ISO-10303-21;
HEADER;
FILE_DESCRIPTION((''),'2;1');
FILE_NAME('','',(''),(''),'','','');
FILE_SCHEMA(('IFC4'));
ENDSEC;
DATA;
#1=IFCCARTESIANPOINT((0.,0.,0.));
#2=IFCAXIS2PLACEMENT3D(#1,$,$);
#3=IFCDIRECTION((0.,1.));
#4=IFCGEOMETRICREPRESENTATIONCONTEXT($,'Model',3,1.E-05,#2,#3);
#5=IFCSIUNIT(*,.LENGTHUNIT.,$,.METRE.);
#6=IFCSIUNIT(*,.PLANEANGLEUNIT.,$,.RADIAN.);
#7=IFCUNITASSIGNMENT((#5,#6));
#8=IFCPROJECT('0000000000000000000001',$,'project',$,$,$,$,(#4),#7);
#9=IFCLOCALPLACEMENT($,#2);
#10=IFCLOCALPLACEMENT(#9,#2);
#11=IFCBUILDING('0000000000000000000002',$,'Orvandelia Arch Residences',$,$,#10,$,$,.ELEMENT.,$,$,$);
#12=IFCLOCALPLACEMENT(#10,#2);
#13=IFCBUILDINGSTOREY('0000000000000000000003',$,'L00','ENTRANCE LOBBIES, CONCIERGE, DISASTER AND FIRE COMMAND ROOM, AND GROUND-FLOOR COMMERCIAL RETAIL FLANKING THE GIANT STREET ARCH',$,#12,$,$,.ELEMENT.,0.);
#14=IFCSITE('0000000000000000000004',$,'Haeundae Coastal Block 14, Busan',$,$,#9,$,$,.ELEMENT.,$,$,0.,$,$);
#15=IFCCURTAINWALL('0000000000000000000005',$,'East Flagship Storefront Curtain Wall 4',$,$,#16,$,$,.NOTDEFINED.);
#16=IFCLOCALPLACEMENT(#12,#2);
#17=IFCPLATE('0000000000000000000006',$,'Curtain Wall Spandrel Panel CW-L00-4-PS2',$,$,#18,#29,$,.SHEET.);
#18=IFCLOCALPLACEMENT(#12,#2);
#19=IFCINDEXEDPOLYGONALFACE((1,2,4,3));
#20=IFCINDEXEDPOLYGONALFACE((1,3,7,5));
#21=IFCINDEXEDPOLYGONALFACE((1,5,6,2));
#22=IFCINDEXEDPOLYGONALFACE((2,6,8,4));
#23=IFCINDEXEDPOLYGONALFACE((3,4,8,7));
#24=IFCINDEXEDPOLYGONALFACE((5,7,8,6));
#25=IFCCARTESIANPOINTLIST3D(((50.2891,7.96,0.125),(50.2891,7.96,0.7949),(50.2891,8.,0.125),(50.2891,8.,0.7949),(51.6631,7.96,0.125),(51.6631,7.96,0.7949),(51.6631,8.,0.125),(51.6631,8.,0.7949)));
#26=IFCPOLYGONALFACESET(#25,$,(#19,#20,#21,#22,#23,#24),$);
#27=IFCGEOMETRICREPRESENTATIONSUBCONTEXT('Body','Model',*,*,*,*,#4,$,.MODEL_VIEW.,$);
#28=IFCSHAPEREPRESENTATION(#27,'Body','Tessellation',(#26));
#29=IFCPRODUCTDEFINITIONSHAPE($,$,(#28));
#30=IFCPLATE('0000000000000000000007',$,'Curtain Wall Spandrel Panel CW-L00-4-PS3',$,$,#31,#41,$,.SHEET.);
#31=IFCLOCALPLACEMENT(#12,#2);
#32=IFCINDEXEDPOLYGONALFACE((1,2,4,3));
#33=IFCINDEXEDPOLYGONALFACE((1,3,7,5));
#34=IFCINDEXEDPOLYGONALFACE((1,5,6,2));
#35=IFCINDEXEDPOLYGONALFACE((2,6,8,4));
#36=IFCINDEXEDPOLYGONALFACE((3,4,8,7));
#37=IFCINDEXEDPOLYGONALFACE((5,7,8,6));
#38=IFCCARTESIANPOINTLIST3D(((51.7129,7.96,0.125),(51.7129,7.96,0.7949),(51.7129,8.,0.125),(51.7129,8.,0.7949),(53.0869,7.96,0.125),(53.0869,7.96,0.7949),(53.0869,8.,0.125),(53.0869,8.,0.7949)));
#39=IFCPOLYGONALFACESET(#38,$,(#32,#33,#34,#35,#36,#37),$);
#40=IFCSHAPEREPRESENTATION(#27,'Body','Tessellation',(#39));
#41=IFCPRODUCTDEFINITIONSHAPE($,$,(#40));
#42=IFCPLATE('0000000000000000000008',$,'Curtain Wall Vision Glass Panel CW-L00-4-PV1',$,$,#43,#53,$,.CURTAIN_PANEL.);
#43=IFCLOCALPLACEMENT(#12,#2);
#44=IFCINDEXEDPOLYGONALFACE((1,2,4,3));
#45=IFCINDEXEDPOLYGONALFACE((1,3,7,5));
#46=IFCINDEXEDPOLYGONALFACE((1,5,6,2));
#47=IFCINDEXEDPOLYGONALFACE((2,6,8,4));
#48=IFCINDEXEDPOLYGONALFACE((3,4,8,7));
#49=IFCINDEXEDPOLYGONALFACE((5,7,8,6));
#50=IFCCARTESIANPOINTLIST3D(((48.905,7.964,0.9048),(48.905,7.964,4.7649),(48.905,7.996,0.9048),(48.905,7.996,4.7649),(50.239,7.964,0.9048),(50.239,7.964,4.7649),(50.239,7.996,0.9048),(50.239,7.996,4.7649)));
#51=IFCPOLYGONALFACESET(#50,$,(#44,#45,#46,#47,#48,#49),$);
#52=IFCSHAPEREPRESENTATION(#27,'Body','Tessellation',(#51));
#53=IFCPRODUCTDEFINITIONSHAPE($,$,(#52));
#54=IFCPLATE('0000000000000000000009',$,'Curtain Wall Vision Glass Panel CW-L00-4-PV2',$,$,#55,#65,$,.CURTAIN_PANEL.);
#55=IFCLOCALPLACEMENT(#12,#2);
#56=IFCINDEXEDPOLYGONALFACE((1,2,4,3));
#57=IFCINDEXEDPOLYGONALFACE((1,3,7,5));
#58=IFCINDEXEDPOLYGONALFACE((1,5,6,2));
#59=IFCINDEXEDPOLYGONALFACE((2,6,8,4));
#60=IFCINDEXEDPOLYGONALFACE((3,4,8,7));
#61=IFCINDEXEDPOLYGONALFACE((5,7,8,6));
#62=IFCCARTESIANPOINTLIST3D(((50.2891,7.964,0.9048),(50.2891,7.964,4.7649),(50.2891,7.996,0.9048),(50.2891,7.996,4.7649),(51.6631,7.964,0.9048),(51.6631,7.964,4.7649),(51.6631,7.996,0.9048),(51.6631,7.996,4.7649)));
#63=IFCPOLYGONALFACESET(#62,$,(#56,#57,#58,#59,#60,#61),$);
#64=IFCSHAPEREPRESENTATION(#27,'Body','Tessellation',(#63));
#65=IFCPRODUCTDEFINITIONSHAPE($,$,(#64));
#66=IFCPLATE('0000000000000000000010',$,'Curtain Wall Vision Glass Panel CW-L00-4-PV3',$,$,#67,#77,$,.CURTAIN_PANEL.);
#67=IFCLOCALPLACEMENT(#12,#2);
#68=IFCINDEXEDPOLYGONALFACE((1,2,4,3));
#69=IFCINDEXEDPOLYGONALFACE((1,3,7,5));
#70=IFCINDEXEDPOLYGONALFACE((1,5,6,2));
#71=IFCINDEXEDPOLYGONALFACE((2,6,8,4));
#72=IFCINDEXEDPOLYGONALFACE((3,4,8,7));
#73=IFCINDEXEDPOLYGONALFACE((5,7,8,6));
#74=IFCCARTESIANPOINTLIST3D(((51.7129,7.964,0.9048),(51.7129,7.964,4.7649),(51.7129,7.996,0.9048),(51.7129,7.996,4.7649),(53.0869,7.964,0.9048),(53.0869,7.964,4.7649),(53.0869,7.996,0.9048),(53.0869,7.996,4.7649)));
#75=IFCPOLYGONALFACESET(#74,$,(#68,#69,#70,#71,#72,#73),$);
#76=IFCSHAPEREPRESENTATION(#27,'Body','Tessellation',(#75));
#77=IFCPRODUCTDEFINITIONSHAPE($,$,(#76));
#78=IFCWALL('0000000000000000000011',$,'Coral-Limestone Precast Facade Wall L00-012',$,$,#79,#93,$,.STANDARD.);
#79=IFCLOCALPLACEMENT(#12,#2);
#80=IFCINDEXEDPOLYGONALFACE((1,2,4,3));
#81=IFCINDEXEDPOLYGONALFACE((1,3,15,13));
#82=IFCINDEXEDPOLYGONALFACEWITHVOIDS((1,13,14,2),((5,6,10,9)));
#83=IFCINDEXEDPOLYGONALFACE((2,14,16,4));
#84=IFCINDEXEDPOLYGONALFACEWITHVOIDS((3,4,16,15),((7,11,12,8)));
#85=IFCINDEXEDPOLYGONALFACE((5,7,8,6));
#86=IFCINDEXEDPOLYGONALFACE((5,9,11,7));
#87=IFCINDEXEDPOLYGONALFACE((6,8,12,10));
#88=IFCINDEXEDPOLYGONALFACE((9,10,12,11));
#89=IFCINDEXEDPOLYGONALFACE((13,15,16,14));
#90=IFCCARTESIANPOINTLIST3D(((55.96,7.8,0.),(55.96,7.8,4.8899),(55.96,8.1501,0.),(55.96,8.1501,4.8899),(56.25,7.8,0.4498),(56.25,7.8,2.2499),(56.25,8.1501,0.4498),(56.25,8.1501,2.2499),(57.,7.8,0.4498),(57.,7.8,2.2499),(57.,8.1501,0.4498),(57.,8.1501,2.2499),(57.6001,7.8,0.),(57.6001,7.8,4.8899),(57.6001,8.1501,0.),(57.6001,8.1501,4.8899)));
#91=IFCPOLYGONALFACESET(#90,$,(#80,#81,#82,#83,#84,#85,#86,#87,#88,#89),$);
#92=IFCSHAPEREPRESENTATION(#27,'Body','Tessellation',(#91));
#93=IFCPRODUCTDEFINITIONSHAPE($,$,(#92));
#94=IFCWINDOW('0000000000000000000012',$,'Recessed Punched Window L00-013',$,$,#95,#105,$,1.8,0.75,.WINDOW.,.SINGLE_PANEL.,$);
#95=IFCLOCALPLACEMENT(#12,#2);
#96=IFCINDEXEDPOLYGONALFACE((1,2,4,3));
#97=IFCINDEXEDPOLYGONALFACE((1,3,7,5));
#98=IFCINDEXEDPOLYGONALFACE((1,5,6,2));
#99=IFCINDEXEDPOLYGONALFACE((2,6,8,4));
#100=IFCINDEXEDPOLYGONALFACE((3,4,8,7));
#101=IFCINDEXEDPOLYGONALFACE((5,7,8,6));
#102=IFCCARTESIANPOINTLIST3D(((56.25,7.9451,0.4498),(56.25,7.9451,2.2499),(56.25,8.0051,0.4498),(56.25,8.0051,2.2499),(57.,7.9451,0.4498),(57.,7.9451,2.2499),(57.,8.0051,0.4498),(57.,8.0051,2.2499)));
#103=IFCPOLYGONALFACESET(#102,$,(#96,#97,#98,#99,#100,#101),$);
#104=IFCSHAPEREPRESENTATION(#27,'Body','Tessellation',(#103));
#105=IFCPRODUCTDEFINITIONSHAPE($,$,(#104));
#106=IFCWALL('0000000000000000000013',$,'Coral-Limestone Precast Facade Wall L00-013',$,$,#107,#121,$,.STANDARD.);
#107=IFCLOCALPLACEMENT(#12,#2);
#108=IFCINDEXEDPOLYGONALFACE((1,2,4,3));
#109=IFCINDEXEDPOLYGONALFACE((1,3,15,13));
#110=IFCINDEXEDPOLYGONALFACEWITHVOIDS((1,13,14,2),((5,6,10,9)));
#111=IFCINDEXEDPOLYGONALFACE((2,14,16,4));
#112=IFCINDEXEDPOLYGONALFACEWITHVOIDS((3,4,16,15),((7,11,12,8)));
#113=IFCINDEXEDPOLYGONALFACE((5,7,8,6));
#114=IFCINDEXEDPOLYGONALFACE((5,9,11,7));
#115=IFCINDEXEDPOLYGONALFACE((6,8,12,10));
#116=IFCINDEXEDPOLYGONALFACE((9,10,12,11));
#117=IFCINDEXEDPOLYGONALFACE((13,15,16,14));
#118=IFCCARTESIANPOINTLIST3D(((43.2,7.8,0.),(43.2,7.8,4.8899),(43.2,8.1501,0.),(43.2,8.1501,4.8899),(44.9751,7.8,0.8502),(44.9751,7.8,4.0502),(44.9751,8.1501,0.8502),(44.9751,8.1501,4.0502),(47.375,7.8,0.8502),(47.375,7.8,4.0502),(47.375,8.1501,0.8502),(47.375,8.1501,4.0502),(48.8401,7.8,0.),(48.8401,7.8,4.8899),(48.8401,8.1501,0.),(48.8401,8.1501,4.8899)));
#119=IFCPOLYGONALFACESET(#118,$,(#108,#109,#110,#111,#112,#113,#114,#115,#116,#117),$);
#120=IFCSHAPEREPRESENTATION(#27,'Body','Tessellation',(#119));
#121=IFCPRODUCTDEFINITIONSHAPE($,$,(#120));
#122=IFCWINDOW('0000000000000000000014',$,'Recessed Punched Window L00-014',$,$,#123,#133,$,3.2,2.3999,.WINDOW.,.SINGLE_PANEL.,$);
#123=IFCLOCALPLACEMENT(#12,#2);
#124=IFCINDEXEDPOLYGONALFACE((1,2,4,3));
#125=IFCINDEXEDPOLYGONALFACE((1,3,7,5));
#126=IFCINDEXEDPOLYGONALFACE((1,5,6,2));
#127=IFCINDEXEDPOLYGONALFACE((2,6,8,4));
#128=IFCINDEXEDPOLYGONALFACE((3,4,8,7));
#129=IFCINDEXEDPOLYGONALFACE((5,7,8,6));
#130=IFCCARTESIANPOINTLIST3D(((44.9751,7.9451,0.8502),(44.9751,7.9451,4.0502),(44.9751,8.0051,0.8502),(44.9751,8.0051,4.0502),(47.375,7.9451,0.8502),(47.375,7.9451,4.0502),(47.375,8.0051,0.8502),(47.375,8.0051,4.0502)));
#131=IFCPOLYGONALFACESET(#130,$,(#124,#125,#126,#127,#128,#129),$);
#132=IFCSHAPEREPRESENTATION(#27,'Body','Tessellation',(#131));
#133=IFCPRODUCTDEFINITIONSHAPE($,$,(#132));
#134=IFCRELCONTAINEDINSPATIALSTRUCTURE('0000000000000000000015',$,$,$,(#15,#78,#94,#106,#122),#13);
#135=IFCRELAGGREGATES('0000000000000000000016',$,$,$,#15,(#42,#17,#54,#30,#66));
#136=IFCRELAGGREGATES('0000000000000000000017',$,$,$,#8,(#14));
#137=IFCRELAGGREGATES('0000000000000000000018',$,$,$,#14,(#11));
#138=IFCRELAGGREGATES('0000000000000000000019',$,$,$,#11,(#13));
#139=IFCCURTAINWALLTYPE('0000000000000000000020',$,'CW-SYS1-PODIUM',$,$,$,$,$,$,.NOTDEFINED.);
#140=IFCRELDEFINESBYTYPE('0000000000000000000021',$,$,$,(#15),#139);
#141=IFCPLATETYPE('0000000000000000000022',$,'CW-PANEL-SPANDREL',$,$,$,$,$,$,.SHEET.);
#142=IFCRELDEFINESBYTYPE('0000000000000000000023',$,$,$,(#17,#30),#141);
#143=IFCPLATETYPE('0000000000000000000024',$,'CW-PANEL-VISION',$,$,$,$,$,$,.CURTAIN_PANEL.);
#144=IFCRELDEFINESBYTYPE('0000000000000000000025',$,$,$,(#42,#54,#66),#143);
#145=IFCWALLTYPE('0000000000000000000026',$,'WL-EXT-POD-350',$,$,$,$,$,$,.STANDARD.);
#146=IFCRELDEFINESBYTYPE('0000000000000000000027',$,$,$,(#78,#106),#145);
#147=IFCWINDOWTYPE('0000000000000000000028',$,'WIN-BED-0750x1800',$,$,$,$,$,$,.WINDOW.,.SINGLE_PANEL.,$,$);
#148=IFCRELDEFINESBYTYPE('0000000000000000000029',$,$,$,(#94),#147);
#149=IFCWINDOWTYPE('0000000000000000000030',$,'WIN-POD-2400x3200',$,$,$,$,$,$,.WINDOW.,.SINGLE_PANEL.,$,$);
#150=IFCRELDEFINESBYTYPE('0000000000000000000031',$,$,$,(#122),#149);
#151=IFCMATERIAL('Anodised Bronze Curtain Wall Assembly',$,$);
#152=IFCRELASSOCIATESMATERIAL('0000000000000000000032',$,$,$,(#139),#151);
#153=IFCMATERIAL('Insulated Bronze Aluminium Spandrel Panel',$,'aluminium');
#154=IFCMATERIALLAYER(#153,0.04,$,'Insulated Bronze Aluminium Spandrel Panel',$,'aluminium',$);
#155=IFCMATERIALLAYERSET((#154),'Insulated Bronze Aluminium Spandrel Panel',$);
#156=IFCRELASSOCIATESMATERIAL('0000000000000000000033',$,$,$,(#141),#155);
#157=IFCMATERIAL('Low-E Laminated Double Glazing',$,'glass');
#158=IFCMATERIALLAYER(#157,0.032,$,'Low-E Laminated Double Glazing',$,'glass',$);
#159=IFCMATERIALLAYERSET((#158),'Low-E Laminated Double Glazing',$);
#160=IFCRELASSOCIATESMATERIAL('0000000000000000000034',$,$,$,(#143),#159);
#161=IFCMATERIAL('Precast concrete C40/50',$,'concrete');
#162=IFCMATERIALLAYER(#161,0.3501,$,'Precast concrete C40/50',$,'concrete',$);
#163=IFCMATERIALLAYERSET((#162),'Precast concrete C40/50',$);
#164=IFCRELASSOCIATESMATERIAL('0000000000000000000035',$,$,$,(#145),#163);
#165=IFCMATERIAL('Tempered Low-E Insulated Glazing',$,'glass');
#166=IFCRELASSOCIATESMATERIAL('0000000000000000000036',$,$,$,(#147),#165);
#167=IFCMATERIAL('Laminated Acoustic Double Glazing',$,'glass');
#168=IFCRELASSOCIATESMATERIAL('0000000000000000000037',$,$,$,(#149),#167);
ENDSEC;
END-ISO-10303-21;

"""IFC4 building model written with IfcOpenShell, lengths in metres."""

from ifc_helpers import new_model, si_unit, direction, frame, frame_2d, origin, origin_2d, place, context, subcontext, project, spatial, rectangle, extrude, material, layer, layer_set, type_object, element, fill, aggregate, save


model = new_model("IFC4")

# Units and contexts
model_context = context("Model", 3, precision=1e-05, world=origin(), true_north=direction((0.0, 1.0)))
body_context = subcontext(model_context, "Body", "Model", "MODEL_VIEW")
ifc_project = project(units=[si_unit("LENGTHUNIT", "METRE"), si_unit("PLANEANGLEUNIT", "RADIAN")], contexts=[model_context])

# Site, building, storey
site_placement = place(None, origin())
site = spatial("IfcSite", under=ifc_project, at=site_placement, Name="Haeundae Coastal Block 14, Busan", CompositionType="ELEMENT", RefElevation=0.0)
building_placement = place(site_placement, origin())
building = spatial("IfcBuilding", under=site, at=building_placement, Name="Orvandelia Arch Residences", CompositionType="ELEMENT")
storey_placement = place(building_placement, origin())
storey = spatial("IfcBuildingStorey", under=building, at=storey_placement, Name="L00", Description="ENTRANCE LOBBIES, CONCIERGE, DISASTER AND FIRE COMMAND ROOM, AND GROUND-FLOOR COMMERCIAL RETAIL FLANKING THE GIANT STREET ARCH", CompositionType="ELEMENT", Elevation=0.0)

# Curtain wall, plates
ifc_material_1 = material(Name="Anodised Bronze Curtain Wall Assembly")
curtain_wall_type = type_object("IfcCurtainWallType", Name="CW-SYS1-PODIUM", PredefinedType="NOTDEFINED", material=ifc_material_1)
curtain_wall_placement = place(storey_placement, origin())
curtain_wall = element("IfcCurtainWall", 1, at=curtain_wall_placement, inside=storey, type_object=curtain_wall_type, Name="East Flagship Storefront Curtain Wall 4", PredefinedType="NOTDEFINED")
ifc_material_2 = material(Name="Insulated Bronze Aluminium Spandrel Panel", Category="aluminium")
ifc_layer_1 = layer(ifc_material_2, 0.04, Name="Insulated Bronze Aluminium Spandrel Panel", Category="aluminium")
ifc_layer_set_1 = layer_set([ifc_layer_1], Name="Insulated Bronze Aluminium Spandrel Panel")
plate_type_1 = type_object("IfcPlateType", Name="CW-PANEL-SPANDREL", PredefinedType="SHEET", material=ifc_layer_set_1)
plate_1_placement = place(storey_placement, frame((50.9761, 7.98, 0.125), z_axis=(0.0, 0.0, 1.0), x_axis=(1.0, 0.0, 0.0)))
plate_1 = element("IfcPlate", 2, at=plate_1_placement, type_object=plate_type_1, Name="Curtain Wall Spandrel Panel CW-L00-4-PS2", PredefinedType="SHEET", context=body_context, shape_type="SweptSolid", body=[
    extrude(rectangle(XDim=1.374, YDim=0.04, at=origin_2d()), origin(), (0.0, 0.0, 1.0), 0.6699),
])
plate_2_placement = place(storey_placement, frame((52.3999, 7.98, 0.125), z_axis=(0.0, 0.0, 1.0), x_axis=(1.0, 0.0, 0.0)))
plate_2 = element("IfcPlate", 3, at=plate_2_placement, type_object=plate_type_1, Name="Curtain Wall Spandrel Panel CW-L00-4-PS3", PredefinedType="SHEET", context=body_context, shape_type="SweptSolid", body=[
    extrude(rectangle(XDim=1.374, YDim=0.04, at=origin_2d()), origin(), (0.0, 0.0, 1.0), 0.6699),
])
ifc_material_3 = material(Name="Low-E Laminated Double Glazing", Category="glass")
ifc_layer_2 = layer(ifc_material_3, 0.032, Name="Low-E Laminated Double Glazing", Category="glass")
ifc_layer_set_2 = layer_set([ifc_layer_2], Name="Low-E Laminated Double Glazing")
plate_type_2 = type_object("IfcPlateType", Name="CW-PANEL-VISION", PredefinedType="CURTAIN_PANEL", material=ifc_layer_set_2)
plate_3_placement = place(storey_placement, frame((49.572, 7.98, 0.9048), z_axis=(0.0, 0.0, 1.0), x_axis=(1.0, 0.0, 0.0)))
plate_3 = element("IfcPlate", 4, at=plate_3_placement, type_object=plate_type_2, Name="Curtain Wall Vision Glass Panel CW-L00-4-PV1", PredefinedType="CURTAIN_PANEL", context=body_context, shape_type="SweptSolid", body=[
    extrude(rectangle(XDim=1.334, YDim=0.032, at=origin_2d()), origin(), (0.0, 0.0, 1.0), 3.8601),
])
plate_4_placement = place(storey_placement, frame((50.9761, 7.98, 0.9048), z_axis=(0.0, 0.0, 1.0), x_axis=(1.0, 0.0, 0.0)))
plate_4 = element("IfcPlate", 5, at=plate_4_placement, type_object=plate_type_2, Name="Curtain Wall Vision Glass Panel CW-L00-4-PV2", PredefinedType="CURTAIN_PANEL", context=body_context, shape_type="SweptSolid", body=[
    extrude(rectangle(XDim=1.374, YDim=0.032, at=origin_2d()), origin(), (0.0, 0.0, 1.0), 3.8601),
])
plate_5_placement = place(storey_placement, frame((52.3999, 7.98, 0.9048), z_axis=(0.0, 0.0, 1.0), x_axis=(1.0, 0.0, 0.0)))
plate_5 = element("IfcPlate", 6, at=plate_5_placement, type_object=plate_type_2, Name="Curtain Wall Vision Glass Panel CW-L00-4-PV3", PredefinedType="CURTAIN_PANEL", context=body_context, shape_type="SweptSolid", body=[
    extrude(rectangle(XDim=1.374, YDim=0.032, at=origin_2d()), origin(), (0.0, 0.0, 1.0), 3.8601),
])
aggregate(curtain_wall, [plate_3, plate_1, plate_4, plate_2, plate_5])

# Walls, openings, windows
ifc_material_4 = material(Name="Precast concrete C40/50", Category="concrete")
ifc_layer_3 = layer(ifc_material_4, 0.3501, Name="Precast concrete C40/50", Category="concrete")
ifc_layer_set_3 = layer_set([ifc_layer_3], Name="Precast concrete C40/50")
wall_type = type_object("IfcWallType", Name="WL-EXT-POD-350", PredefinedType="STANDARD", material=ifc_layer_set_3)
wall_1_placement = place(storey_placement, frame((57.6001, 7.9751, 0.0), z_axis=(0.0, 0.0, 1.0), x_axis=(-1.0, 0.0, 0.0)))
wall_1 = element("IfcWall", 7, at=wall_1_placement, inside=storey, type_object=wall_type, Name="Coral-Limestone Precast Facade Wall L00-012", PredefinedType="STANDARD", context=body_context, shape_type="SweptSolid", body=[
    extrude(rectangle(XDim=1.6401, YDim=0.3501, at=frame_2d((0.8201, 0.0))), origin(), (0.0, 0.0, 1.0), 4.8899),
])
opening_1_placement = place(wall_1_placement, frame((0.6001, 0.0, 0.45)))
opening_1 = element("IfcOpeningElement", 8, at=opening_1_placement, cuts=wall_1, PredefinedType="OPENING", context=body_context, shape_type="SweptSolid", body=[
    extrude(rectangle(XDim=0.75, YDim=1.8, at=frame_2d((0.375, 0.8999))), frame((0.0, 0.1851, 0.0), z_axis=(0.0, -1.0, 0.0), x_axis=(1.0, 0.0, 0.0)), (0.0, 0.0, 1.0), 0.3701),
])
ifc_material_5 = material(Name="Tempered Low-E Insulated Glazing", Category="glass")
window_type_1 = type_object("IfcWindowType", Name="WIN-BED-0750x1800", PartitioningType="SINGLE_PANEL", PredefinedType="WINDOW", material=ifc_material_5)
window_1_placement = place(opening_1_placement, origin())
window_1 = element("IfcWindow", 9, at=window_1_placement, inside=storey, type_object=window_type_1, Name="Recessed Punched Window L00-013", OverallHeight=1.8, OverallWidth=0.75, PartitioningType="SINGLE_PANEL", PredefinedType="WINDOW", context=body_context, shape_type="SweptSolid", body=[
    extrude(rectangle(XDim=0.75, YDim=1.8, at=frame_2d((0.375, 0.8999))), frame((0.0, 0.03, 0.0), z_axis=(0.0, -1.0, 0.0), x_axis=(1.0, 0.0, 0.0)), (0.0, 0.0, 1.0), 0.0601),
])
fill(opening_1, window_1)
wall_2_placement = place(storey_placement, frame((48.8401, 7.9751, 0.0), z_axis=(0.0, 0.0, 1.0), x_axis=(-1.0, 0.0, 0.0)))
wall_2 = element("IfcWall", 10, at=wall_2_placement, inside=storey, type_object=wall_type, Name="Coral-Limestone Precast Facade Wall L00-013", PredefinedType="STANDARD", context=body_context, shape_type="SweptSolid", body=[
    extrude(rectangle(XDim=5.6401, YDim=0.3501, at=frame_2d((2.8201, 0.0))), origin(), (0.0, 0.0, 1.0), 4.8899),
])
opening_2_placement = place(wall_2_placement, frame((1.4651, 0.0, 0.8501)))
opening_2 = element("IfcOpeningElement", 11, at=opening_2_placement, cuts=wall_2, PredefinedType="OPENING", context=body_context, shape_type="SweptSolid", body=[
    extrude(rectangle(XDim=2.3999, YDim=3.2, at=frame_2d((1.2, 1.6001))), frame((0.0, 0.1851, 0.0), z_axis=(0.0, -1.0, 0.0), x_axis=(1.0, 0.0, 0.0)), (0.0, 0.0, 1.0), 0.3701),
])
ifc_material_6 = material(Name="Laminated Acoustic Double Glazing", Category="glass")
window_type_2 = type_object("IfcWindowType", Name="WIN-POD-2400x3200", PartitioningType="SINGLE_PANEL", PredefinedType="WINDOW", material=ifc_material_6)
window_2_placement = place(opening_2_placement, origin())
window_2 = element("IfcWindow", 12, at=window_2_placement, inside=storey, type_object=window_type_2, Name="Recessed Punched Window L00-014", OverallHeight=3.2, OverallWidth=2.3999, PartitioningType="SINGLE_PANEL", PredefinedType="WINDOW", context=body_context, shape_type="SweptSolid", body=[
    extrude(rectangle(XDim=2.3999, YDim=3.2, at=frame_2d((1.2, 1.6001))), frame((0.0, 0.03, 0.0), z_axis=(0.0, -1.0, 0.0), x_axis=(1.0, 0.0, 0.0)), (0.0, 0.0, 1.0), 0.0601),
])
fill(opening_2, window_2)

save(model, "model.ifc")
